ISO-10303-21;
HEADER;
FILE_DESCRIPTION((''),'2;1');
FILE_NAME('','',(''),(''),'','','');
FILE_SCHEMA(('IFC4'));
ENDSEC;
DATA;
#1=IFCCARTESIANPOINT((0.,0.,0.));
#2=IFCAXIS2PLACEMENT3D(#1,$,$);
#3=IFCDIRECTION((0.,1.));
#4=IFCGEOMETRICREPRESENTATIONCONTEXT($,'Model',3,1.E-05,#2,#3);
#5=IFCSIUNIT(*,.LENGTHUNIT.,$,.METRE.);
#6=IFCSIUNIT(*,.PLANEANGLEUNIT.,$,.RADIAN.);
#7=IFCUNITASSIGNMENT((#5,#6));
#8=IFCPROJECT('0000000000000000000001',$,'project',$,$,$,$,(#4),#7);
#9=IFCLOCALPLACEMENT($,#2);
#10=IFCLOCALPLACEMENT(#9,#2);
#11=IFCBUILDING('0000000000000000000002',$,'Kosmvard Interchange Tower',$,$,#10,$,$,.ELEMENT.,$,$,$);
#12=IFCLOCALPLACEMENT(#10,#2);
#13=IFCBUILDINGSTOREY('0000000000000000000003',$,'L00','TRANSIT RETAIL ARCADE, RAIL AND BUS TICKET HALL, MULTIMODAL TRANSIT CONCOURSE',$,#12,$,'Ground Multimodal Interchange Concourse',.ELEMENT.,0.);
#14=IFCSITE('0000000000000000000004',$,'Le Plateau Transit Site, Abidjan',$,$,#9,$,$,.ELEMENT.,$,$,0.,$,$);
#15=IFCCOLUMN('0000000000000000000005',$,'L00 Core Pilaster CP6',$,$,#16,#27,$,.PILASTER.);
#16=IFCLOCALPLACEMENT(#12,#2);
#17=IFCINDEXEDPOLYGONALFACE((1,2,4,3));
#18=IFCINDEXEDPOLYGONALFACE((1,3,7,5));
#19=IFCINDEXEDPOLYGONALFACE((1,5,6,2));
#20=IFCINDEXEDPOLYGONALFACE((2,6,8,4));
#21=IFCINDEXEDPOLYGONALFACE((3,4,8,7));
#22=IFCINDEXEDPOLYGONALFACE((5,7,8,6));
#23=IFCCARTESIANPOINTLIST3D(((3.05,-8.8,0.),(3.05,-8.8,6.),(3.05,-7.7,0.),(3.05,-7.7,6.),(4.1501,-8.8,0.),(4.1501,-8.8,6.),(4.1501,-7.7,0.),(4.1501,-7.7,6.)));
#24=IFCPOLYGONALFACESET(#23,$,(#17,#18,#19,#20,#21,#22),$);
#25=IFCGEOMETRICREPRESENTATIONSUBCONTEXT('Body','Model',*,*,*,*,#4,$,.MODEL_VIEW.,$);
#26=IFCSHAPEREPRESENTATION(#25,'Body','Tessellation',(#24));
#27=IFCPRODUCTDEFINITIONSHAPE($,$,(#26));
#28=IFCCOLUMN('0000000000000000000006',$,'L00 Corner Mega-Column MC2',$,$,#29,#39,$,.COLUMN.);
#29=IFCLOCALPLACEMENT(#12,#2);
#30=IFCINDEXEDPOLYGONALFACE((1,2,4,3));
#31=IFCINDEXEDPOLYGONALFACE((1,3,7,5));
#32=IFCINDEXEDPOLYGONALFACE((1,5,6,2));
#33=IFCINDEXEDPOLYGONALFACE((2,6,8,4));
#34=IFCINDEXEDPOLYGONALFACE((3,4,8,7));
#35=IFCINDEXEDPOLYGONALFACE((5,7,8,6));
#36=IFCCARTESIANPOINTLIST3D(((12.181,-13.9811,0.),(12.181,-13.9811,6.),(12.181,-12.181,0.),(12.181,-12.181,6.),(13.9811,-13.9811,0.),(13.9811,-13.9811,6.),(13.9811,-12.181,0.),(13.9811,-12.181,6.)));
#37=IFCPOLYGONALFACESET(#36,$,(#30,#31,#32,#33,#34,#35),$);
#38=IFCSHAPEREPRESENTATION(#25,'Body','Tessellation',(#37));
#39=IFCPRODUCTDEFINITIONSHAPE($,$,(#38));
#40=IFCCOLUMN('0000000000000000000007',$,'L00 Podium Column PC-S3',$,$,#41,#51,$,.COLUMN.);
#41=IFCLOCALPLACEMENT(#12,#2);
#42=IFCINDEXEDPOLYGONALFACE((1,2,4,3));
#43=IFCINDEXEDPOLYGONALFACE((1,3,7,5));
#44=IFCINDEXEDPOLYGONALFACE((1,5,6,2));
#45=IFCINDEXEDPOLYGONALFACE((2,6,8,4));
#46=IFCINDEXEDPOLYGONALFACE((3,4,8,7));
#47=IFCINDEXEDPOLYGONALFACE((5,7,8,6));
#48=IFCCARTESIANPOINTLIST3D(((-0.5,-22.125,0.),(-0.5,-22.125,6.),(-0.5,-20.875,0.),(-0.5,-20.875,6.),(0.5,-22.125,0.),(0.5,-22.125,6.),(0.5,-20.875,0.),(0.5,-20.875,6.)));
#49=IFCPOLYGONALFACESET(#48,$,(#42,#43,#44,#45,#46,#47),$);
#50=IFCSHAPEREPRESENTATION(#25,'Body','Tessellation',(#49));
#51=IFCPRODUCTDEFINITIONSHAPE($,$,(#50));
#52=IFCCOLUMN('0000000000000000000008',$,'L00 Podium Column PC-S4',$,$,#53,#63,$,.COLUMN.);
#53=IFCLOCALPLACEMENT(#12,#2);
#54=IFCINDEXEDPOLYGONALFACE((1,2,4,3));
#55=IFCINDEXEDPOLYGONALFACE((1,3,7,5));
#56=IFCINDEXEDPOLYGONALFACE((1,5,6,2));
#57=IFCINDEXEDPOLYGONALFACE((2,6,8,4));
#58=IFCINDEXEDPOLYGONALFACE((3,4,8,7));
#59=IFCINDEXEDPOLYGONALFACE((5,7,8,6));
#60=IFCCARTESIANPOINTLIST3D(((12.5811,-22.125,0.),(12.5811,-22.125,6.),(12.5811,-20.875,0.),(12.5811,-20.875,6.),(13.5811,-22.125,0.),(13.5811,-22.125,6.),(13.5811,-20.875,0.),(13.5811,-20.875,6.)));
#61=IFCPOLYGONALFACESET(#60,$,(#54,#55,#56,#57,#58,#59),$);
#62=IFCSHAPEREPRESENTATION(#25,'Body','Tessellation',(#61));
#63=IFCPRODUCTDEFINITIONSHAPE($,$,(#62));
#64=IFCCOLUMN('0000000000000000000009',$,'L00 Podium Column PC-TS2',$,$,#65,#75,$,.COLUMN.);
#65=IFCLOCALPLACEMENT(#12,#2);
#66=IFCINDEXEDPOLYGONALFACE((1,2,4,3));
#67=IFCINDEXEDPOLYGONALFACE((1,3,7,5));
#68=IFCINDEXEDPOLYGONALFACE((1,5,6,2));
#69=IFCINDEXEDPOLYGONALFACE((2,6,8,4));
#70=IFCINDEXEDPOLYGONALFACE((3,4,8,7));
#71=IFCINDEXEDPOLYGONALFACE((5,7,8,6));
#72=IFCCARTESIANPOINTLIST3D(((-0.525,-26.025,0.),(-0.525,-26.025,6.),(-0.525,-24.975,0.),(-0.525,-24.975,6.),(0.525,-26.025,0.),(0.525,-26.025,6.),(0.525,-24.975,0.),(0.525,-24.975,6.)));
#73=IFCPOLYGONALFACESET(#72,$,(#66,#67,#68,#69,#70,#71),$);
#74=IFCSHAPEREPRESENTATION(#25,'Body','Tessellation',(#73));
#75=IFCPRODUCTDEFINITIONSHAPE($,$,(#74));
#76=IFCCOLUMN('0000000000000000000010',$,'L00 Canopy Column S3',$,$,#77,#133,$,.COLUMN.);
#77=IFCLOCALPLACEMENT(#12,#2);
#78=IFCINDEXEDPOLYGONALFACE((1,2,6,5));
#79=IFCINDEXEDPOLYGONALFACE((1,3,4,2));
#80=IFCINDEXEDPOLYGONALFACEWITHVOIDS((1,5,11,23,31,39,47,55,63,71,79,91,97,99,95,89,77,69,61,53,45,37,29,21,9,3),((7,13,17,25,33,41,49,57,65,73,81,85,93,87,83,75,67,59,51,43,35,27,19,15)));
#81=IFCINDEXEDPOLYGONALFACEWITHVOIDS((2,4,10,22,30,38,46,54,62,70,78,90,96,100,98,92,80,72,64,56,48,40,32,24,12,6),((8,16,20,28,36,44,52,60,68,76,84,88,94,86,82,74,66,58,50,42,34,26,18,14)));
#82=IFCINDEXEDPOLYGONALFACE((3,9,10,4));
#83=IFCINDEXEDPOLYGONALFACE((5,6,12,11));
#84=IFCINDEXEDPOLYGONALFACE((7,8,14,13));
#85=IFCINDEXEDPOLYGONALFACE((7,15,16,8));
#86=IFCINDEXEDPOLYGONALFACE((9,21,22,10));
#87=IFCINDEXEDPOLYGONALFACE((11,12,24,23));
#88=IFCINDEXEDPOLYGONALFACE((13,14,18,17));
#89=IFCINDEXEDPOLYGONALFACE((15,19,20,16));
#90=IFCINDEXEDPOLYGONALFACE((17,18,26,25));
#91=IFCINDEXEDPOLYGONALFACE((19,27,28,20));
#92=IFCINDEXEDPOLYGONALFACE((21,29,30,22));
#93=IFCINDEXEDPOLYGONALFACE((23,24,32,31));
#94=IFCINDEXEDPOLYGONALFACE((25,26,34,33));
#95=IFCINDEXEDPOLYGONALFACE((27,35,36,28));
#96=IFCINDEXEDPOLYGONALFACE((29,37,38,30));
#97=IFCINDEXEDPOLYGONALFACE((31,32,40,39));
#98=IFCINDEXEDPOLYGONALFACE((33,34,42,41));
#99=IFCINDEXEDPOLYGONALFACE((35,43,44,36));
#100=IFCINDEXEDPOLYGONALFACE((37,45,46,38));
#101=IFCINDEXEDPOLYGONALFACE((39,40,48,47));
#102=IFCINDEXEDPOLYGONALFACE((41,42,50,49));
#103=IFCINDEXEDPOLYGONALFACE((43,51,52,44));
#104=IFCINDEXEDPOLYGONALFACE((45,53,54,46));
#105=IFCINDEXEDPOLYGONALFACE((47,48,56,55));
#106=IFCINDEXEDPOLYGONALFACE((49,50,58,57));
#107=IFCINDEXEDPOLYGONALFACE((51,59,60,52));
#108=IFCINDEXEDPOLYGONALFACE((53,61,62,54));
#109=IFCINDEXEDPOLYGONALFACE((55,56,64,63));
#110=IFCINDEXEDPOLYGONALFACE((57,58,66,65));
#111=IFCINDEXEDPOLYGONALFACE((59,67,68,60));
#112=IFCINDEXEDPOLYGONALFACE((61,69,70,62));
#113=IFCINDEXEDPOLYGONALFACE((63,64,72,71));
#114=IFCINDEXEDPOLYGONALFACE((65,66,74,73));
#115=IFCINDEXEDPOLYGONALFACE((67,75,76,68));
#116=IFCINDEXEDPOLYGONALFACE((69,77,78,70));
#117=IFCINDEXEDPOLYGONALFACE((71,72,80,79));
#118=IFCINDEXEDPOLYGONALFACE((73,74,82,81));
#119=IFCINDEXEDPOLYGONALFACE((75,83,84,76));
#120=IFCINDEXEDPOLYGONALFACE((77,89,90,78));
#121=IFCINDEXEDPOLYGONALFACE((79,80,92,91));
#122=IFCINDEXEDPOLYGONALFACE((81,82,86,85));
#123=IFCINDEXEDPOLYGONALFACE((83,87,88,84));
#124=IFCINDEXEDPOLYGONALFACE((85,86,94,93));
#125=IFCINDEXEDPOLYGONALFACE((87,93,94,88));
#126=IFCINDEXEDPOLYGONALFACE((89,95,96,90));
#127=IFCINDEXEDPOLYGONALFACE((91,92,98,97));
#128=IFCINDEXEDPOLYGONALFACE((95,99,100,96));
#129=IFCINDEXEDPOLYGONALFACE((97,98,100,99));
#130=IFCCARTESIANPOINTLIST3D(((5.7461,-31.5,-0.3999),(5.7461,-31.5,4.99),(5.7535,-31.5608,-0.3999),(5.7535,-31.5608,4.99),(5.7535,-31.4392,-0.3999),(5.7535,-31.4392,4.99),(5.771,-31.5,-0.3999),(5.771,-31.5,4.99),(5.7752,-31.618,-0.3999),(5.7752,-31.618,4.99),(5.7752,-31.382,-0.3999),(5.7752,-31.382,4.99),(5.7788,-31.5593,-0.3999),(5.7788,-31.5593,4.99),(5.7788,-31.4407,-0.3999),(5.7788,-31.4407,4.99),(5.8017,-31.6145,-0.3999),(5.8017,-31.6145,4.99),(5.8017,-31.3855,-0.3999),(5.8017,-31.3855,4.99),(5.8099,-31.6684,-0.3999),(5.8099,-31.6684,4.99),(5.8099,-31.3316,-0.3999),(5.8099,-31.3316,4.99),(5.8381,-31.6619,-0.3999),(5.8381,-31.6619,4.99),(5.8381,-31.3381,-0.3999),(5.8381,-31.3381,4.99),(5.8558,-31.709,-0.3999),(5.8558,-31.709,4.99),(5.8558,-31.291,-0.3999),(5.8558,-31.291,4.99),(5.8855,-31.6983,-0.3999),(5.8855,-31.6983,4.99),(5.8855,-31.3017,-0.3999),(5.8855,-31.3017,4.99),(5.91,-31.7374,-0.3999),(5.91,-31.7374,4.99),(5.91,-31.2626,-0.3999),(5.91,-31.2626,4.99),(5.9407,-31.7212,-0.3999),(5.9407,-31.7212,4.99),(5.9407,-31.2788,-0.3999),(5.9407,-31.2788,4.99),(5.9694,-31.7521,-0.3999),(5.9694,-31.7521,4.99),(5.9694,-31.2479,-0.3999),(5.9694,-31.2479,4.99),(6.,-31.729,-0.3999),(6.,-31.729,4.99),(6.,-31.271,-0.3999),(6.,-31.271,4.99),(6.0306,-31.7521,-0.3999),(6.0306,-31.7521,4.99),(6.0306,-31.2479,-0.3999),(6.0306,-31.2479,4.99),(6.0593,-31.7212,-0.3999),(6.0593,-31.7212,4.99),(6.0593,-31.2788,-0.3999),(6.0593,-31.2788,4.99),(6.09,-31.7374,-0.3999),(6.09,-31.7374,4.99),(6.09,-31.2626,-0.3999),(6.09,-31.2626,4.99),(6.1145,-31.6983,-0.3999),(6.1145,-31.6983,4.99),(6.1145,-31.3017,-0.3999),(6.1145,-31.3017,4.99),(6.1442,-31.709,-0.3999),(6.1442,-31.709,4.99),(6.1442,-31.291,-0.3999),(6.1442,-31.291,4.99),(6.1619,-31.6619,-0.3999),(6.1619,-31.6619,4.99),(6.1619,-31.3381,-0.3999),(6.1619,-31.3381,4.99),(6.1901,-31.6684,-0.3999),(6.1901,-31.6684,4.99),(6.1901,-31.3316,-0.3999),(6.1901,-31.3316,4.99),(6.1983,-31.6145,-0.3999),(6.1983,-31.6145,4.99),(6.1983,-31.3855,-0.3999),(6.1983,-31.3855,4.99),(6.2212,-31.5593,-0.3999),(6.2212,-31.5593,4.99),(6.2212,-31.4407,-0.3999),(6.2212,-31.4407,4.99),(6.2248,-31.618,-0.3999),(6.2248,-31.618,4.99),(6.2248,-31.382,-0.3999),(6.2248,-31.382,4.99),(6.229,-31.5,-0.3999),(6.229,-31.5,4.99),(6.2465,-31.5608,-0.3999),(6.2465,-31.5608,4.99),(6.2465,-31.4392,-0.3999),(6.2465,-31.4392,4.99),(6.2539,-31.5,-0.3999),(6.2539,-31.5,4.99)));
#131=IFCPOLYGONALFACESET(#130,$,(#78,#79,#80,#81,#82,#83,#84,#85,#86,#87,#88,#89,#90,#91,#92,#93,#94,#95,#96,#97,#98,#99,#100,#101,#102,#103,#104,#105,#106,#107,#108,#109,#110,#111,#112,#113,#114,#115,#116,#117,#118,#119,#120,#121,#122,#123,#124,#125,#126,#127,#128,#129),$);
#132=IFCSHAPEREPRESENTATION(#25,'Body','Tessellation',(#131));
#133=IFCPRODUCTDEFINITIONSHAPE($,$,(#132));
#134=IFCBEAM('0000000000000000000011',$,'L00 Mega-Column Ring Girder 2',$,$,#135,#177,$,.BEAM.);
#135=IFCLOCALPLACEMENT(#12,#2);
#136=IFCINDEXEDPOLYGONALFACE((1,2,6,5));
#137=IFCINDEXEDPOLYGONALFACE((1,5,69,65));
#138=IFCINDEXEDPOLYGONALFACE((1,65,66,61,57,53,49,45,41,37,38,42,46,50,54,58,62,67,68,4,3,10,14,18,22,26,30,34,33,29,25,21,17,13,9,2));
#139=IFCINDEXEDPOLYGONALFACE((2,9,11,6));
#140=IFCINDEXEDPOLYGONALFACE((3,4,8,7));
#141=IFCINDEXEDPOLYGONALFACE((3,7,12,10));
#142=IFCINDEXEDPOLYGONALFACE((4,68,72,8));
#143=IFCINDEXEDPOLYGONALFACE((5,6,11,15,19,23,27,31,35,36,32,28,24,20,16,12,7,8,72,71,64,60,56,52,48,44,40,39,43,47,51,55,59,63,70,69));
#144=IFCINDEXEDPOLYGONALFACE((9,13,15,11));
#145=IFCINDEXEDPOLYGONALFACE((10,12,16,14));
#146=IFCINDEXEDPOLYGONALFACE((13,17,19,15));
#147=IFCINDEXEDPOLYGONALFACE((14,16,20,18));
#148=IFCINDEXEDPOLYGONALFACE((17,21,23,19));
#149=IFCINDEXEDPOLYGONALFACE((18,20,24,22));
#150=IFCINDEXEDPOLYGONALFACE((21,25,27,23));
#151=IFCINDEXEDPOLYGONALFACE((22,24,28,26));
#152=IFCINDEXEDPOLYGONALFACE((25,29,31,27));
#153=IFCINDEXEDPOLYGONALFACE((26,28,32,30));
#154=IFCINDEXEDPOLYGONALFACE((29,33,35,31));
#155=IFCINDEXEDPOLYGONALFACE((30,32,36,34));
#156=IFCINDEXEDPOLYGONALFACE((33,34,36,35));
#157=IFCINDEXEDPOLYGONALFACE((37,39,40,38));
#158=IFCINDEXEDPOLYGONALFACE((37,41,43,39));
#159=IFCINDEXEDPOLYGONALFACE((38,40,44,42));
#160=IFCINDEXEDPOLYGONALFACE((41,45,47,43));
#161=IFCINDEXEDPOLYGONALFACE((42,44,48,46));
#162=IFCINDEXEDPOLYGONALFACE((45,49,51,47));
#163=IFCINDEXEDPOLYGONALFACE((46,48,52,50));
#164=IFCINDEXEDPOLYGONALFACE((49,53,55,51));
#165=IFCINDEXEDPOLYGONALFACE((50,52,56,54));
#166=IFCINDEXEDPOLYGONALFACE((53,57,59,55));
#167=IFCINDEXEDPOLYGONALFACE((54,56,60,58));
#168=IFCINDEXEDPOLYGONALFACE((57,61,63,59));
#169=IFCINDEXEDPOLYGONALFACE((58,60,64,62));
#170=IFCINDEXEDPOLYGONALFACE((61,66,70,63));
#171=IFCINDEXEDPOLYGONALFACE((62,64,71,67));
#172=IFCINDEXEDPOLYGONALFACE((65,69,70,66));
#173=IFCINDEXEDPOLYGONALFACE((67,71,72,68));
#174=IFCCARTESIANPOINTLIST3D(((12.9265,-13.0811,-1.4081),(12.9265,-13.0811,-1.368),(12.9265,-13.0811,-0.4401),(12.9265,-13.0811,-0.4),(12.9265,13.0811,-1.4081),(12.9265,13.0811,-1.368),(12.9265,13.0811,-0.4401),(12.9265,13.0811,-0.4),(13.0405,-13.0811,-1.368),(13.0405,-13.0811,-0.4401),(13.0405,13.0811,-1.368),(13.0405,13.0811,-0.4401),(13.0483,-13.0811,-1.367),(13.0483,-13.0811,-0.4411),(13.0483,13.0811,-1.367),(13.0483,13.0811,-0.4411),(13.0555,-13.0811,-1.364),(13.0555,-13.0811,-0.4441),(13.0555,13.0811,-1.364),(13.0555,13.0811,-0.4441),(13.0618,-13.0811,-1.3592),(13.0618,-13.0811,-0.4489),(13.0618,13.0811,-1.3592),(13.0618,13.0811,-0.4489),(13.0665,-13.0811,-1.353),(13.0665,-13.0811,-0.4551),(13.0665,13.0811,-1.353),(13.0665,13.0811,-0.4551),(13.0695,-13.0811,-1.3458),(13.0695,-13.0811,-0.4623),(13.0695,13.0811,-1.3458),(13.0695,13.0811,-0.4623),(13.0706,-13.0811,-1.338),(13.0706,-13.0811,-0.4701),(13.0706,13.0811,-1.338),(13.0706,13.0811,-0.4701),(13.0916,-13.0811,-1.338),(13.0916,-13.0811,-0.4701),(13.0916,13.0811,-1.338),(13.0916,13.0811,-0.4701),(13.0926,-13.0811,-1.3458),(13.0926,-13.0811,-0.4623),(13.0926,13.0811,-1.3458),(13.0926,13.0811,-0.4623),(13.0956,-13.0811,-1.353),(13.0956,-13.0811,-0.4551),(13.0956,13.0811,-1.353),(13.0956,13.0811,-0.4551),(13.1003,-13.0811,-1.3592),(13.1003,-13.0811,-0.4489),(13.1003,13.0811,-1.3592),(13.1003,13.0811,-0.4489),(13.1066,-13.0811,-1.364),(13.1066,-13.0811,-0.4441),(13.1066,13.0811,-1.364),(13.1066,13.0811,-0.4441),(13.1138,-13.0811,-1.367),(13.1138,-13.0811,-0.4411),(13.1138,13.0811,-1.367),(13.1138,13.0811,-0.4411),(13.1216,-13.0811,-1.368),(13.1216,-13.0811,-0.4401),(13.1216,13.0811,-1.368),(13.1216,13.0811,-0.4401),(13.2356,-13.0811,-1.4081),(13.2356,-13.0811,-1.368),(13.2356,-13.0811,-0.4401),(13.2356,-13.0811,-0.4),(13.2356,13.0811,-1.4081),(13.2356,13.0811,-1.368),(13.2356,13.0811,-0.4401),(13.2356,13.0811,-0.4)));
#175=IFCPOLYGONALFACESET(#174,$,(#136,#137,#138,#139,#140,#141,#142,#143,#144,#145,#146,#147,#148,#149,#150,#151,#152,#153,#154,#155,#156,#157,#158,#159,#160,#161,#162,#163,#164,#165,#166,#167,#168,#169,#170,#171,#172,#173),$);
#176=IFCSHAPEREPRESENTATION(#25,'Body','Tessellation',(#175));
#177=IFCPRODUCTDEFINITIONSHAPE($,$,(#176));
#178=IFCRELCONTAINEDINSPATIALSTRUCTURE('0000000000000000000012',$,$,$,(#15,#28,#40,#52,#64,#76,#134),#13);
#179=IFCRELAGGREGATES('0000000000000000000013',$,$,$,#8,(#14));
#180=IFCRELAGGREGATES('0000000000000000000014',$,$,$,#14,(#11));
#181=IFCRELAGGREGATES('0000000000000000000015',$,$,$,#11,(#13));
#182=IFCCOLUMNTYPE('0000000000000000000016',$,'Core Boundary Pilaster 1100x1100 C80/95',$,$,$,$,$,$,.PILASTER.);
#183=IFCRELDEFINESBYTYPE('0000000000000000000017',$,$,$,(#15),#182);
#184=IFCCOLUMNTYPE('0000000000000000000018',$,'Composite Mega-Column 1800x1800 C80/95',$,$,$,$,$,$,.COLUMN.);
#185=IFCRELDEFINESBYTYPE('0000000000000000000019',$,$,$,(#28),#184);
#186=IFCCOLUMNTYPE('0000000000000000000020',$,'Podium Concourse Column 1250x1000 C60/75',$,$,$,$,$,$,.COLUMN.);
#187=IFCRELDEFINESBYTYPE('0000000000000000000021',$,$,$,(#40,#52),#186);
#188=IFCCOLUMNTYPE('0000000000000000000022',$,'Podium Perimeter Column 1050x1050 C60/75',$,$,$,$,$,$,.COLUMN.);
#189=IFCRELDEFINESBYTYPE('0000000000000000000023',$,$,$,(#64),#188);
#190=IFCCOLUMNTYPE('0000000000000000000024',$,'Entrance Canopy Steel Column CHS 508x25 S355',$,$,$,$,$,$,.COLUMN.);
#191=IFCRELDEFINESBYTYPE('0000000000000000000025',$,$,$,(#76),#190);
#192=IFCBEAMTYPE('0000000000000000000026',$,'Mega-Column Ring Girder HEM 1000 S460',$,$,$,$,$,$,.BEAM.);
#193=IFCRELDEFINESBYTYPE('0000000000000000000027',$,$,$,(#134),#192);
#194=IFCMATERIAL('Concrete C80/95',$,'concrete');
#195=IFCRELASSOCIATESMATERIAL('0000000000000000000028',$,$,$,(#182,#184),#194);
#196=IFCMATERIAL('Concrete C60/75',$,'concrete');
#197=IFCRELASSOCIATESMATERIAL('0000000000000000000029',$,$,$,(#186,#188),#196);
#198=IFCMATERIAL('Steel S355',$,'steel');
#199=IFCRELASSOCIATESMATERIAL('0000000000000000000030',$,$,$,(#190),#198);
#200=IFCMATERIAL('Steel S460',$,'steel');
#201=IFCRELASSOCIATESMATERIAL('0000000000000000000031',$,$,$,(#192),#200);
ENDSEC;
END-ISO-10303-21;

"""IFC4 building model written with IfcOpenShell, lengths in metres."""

from ifc_helpers import new_model, si_unit, direction, frame, origin, origin_2d, place, context, subcontext, project, spatial, rectangle, hollow_circle, i_section, extrude, source, transform, mapped, material, material_profile, profile_set, type_object, element, save


model = new_model("IFC4")

# Units and contexts
model_context = context("Model", 3, precision=1e-05, world=origin(), true_north=direction((0.0, 1.0)))
body_context = subcontext(model_context, "Body", "Model", "MODEL_VIEW")
ifc_project = project(units=[si_unit("LENGTHUNIT", "METRE"), si_unit("PLANEANGLEUNIT", "RADIAN")], contexts=[model_context])

# Site, building, storey
site_placement = place(None, origin())
site = spatial("IfcSite", under=ifc_project, at=site_placement, Name="Le Plateau Transit Site, Abidjan", CompositionType="ELEMENT", RefElevation=0.0)
building_placement = place(site_placement, origin())
building = spatial("IfcBuilding", under=site, at=building_placement, Name="Kosmvard Interchange Tower", CompositionType="ELEMENT")
storey_placement = place(building_placement, origin())
storey = spatial("IfcBuildingStorey", under=building, at=storey_placement, Name="L00", Description="TRANSIT RETAIL ARCADE, RAIL AND BUS TICKET HALL, MULTIMODAL TRANSIT CONCOURSE", LongName="Ground Multimodal Interchange Concourse", CompositionType="ELEMENT", Elevation=0.0)

# Columns
ifc_material_1 = material(Name="Concrete C80/95", Category="concrete")
ifc_material_profile_1 = material_profile(ifc_material_1, rectangle(XDim=1.1001, YDim=1.1001, at=origin_2d()), Name="CP 1100x1100")
ifc_profile_set_1 = profile_set([ifc_material_profile_1], Name="Concrete C80/95")
column_type_1 = type_object("IfcColumnType", Name="Core Boundary Pilaster 1100x1100 C80/95", PredefinedType="PILASTER", material=ifc_profile_set_1)
shared_shape_1 = source(origin(), body_context, "Body", "SweptSolid", [
    extrude(rectangle(XDim=1.1001, YDim=1.1001, at=origin_2d()), origin(), (0.0, 0.0, 1.0), 6.0),
])
column_1_placement = place(storey_placement, frame((3.6001, -8.25, 0.0), z_axis=(0.0, 0.0, 1.0), x_axis=(1.0, 0.0, 0.0)))
element("IfcColumn", 1, at=column_1_placement, inside=storey, type_object=column_type_1, Name="L00 Core Pilaster CP6", PredefinedType="PILASTER", context=body_context, shape_type="MappedRepresentation", body=[
    mapped(shared_shape_1, transform((0.0, 0.0, 0.0), scale=1.0)),
])
ifc_material_profile_2 = material_profile(ifc_material_1, rectangle(XDim=1.8, YDim=1.8, at=origin_2d()), Name="MC 1800x1800")
ifc_profile_set_2 = profile_set([ifc_material_profile_2], Name="Concrete C80/95")
column_type_2 = type_object("IfcColumnType", Name="Composite Mega-Column 1800x1800 C80/95", PredefinedType="COLUMN", material=ifc_profile_set_2)
shared_shape_2 = source(origin(), body_context, "Body", "SweptSolid", [
    extrude(rectangle(XDim=1.8, YDim=1.8, at=origin_2d()), origin(), (0.0, 0.0, 1.0), 6.0),
])
column_2_placement = place(storey_placement, frame((13.0811, -13.0811, 0.0), z_axis=(0.0, 0.0, 1.0), x_axis=(1.0, 0.0, 0.0)))
element("IfcColumn", 2, at=column_2_placement, inside=storey, type_object=column_type_2, Name="L00 Corner Mega-Column MC2", PredefinedType="COLUMN", context=body_context, shape_type="MappedRepresentation", body=[
    mapped(shared_shape_2, transform((0.0, 0.0, 0.0), scale=1.0)),
])
ifc_material_2 = material(Name="Concrete C60/75", Category="concrete")
ifc_material_profile_3 = material_profile(ifc_material_2, rectangle(XDim=1.0, YDim=1.25, at=origin_2d()), Name="PC 1250x1000")
ifc_profile_set_3 = profile_set([ifc_material_profile_3], Name="Concrete C60/75")
column_type_3 = type_object("IfcColumnType", Name="Podium Concourse Column 1250x1000 C60/75", PredefinedType="COLUMN", material=ifc_profile_set_3)
shared_shape_3 = source(origin(), body_context, "Body", "SweptSolid", [
    extrude(rectangle(XDim=1.0, YDim=1.25, at=origin_2d()), origin(), (0.0, 0.0, 1.0), 6.0),
])
for number, where, z_axis, x_axis, name in (
    (3, (0.0, -21.5, 0.0), (0.0, 0.0, 1.0), (1.0, 0.0, 0.0), "L00 Podium Column PC-S3"),
    (4, (13.0811, -21.5, 0.0), (0.0, 0.0, 1.0), (1.0, 0.0, 0.0), "L00 Podium Column PC-S4"),
):
    element("IfcColumn", number, at=place(storey_placement, frame(where, z_axis=z_axis, x_axis=x_axis)), inside=storey, type_object=column_type_3, Name=name, PredefinedType="COLUMN", context=body_context, shape_type="MappedRepresentation", body=[
        mapped(shared_shape_3, transform((0.0, 0.0, 0.0), scale=1.0)),
    ])
ifc_material_profile_4 = material_profile(ifc_material_2, rectangle(XDim=1.05, YDim=1.05, at=origin_2d()), Name="PC 1050x1050")
ifc_profile_set_4 = profile_set([ifc_material_profile_4], Name="Concrete C60/75")
column_type_4 = type_object("IfcColumnType", Name="Podium Perimeter Column 1050x1050 C60/75", PredefinedType="COLUMN", material=ifc_profile_set_4)
shared_shape_4 = source(origin(), body_context, "Body", "SweptSolid", [
    extrude(rectangle(XDim=1.05, YDim=1.05, at=origin_2d()), origin(), (0.0, 0.0, 1.0), 6.0),
])
column_3_placement = place(storey_placement, frame((0.0, -25.5, 0.0), z_axis=(0.0, 0.0, 1.0), x_axis=(1.0, 0.0, 0.0)))
element("IfcColumn", 5, at=column_3_placement, inside=storey, type_object=column_type_4, Name="L00 Podium Column PC-TS2", PredefinedType="COLUMN", context=body_context, shape_type="MappedRepresentation", body=[
    mapped(shared_shape_4, transform((0.0, 0.0, 0.0), scale=1.0)),
])
ifc_material_3 = material(Name="Steel S355", Category="steel")
ifc_material_profile_5 = material_profile(ifc_material_3, hollow_circle(Radius=0.2539, WallThickness=0.0249, at=origin_2d()), Name="CHS 508x25")
ifc_profile_set_5 = profile_set([ifc_material_profile_5], Name="Steel S355")
column_type_5 = type_object("IfcColumnType", Name="Entrance Canopy Steel Column CHS 508x25 S355", PredefinedType="COLUMN", material=ifc_profile_set_5)
shared_shape_5 = source(origin(), body_context, "Body", "SweptSolid", [
    extrude(hollow_circle(Radius=0.2539, WallThickness=0.0249, at=origin_2d()), origin(), (0.0, 0.0, 1.0), 5.3899),
])
column_4_placement = place(storey_placement, frame((6.0, -31.5, -0.3999), z_axis=(0.0, 0.0, 1.0), x_axis=(1.0, 0.0, 0.0)))
element("IfcColumn", 6, at=column_4_placement, inside=storey, type_object=column_type_5, Name="L00 Canopy Column S3", PredefinedType="COLUMN", context=body_context, shape_type="MappedRepresentation", body=[
    mapped(shared_shape_5, transform((0.0, 0.0, 0.0), scale=1.0)),
])

# Beam
ifc_material_4 = material(Name="Steel S460", Category="steel")
ifc_material_profile_6 = material_profile(ifc_material_4, i_section(OverallWidth=0.3091, OverallDepth=1.0081, WebThickness=0.021, FlangeThickness=0.04, FilletRadius=0.03, at=origin_2d()), Name="HEM 1000")
ifc_profile_set_6 = profile_set([ifc_material_profile_6], Name="Steel S460")
beam_type_1 = type_object("IfcBeamType", Name="Mega-Column Ring Girder HEM 1000 S460", PredefinedType="BEAM", material=ifc_profile_set_6)
shared_shape_6 = source(origin(), body_context, "Body", "SweptSolid", [
    extrude(i_section(OverallWidth=0.3091, OverallDepth=1.0081, WebThickness=0.021, FlangeThickness=0.04, FilletRadius=0.03, at=origin_2d()), origin(), (0.0, 0.0, 1.0), 26.1621),
])
beam_1_placement = place(storey_placement, frame((13.0811, -13.0811, -0.9041), z_axis=(0.0, 1.0, 0.0), x_axis=(-1.0, 0.0, 0.0)))
element("IfcBeam", 7, at=beam_1_placement, inside=storey, type_object=beam_type_1, Name="L00 Mega-Column Ring Girder 2", PredefinedType="BEAM", context=body_context, shape_type="MappedRepresentation", body=[
    mapped(shared_shape_6, transform((0.0, 0.0, 0.0), scale=1.0)),
])

save(model, "model.ifc")
